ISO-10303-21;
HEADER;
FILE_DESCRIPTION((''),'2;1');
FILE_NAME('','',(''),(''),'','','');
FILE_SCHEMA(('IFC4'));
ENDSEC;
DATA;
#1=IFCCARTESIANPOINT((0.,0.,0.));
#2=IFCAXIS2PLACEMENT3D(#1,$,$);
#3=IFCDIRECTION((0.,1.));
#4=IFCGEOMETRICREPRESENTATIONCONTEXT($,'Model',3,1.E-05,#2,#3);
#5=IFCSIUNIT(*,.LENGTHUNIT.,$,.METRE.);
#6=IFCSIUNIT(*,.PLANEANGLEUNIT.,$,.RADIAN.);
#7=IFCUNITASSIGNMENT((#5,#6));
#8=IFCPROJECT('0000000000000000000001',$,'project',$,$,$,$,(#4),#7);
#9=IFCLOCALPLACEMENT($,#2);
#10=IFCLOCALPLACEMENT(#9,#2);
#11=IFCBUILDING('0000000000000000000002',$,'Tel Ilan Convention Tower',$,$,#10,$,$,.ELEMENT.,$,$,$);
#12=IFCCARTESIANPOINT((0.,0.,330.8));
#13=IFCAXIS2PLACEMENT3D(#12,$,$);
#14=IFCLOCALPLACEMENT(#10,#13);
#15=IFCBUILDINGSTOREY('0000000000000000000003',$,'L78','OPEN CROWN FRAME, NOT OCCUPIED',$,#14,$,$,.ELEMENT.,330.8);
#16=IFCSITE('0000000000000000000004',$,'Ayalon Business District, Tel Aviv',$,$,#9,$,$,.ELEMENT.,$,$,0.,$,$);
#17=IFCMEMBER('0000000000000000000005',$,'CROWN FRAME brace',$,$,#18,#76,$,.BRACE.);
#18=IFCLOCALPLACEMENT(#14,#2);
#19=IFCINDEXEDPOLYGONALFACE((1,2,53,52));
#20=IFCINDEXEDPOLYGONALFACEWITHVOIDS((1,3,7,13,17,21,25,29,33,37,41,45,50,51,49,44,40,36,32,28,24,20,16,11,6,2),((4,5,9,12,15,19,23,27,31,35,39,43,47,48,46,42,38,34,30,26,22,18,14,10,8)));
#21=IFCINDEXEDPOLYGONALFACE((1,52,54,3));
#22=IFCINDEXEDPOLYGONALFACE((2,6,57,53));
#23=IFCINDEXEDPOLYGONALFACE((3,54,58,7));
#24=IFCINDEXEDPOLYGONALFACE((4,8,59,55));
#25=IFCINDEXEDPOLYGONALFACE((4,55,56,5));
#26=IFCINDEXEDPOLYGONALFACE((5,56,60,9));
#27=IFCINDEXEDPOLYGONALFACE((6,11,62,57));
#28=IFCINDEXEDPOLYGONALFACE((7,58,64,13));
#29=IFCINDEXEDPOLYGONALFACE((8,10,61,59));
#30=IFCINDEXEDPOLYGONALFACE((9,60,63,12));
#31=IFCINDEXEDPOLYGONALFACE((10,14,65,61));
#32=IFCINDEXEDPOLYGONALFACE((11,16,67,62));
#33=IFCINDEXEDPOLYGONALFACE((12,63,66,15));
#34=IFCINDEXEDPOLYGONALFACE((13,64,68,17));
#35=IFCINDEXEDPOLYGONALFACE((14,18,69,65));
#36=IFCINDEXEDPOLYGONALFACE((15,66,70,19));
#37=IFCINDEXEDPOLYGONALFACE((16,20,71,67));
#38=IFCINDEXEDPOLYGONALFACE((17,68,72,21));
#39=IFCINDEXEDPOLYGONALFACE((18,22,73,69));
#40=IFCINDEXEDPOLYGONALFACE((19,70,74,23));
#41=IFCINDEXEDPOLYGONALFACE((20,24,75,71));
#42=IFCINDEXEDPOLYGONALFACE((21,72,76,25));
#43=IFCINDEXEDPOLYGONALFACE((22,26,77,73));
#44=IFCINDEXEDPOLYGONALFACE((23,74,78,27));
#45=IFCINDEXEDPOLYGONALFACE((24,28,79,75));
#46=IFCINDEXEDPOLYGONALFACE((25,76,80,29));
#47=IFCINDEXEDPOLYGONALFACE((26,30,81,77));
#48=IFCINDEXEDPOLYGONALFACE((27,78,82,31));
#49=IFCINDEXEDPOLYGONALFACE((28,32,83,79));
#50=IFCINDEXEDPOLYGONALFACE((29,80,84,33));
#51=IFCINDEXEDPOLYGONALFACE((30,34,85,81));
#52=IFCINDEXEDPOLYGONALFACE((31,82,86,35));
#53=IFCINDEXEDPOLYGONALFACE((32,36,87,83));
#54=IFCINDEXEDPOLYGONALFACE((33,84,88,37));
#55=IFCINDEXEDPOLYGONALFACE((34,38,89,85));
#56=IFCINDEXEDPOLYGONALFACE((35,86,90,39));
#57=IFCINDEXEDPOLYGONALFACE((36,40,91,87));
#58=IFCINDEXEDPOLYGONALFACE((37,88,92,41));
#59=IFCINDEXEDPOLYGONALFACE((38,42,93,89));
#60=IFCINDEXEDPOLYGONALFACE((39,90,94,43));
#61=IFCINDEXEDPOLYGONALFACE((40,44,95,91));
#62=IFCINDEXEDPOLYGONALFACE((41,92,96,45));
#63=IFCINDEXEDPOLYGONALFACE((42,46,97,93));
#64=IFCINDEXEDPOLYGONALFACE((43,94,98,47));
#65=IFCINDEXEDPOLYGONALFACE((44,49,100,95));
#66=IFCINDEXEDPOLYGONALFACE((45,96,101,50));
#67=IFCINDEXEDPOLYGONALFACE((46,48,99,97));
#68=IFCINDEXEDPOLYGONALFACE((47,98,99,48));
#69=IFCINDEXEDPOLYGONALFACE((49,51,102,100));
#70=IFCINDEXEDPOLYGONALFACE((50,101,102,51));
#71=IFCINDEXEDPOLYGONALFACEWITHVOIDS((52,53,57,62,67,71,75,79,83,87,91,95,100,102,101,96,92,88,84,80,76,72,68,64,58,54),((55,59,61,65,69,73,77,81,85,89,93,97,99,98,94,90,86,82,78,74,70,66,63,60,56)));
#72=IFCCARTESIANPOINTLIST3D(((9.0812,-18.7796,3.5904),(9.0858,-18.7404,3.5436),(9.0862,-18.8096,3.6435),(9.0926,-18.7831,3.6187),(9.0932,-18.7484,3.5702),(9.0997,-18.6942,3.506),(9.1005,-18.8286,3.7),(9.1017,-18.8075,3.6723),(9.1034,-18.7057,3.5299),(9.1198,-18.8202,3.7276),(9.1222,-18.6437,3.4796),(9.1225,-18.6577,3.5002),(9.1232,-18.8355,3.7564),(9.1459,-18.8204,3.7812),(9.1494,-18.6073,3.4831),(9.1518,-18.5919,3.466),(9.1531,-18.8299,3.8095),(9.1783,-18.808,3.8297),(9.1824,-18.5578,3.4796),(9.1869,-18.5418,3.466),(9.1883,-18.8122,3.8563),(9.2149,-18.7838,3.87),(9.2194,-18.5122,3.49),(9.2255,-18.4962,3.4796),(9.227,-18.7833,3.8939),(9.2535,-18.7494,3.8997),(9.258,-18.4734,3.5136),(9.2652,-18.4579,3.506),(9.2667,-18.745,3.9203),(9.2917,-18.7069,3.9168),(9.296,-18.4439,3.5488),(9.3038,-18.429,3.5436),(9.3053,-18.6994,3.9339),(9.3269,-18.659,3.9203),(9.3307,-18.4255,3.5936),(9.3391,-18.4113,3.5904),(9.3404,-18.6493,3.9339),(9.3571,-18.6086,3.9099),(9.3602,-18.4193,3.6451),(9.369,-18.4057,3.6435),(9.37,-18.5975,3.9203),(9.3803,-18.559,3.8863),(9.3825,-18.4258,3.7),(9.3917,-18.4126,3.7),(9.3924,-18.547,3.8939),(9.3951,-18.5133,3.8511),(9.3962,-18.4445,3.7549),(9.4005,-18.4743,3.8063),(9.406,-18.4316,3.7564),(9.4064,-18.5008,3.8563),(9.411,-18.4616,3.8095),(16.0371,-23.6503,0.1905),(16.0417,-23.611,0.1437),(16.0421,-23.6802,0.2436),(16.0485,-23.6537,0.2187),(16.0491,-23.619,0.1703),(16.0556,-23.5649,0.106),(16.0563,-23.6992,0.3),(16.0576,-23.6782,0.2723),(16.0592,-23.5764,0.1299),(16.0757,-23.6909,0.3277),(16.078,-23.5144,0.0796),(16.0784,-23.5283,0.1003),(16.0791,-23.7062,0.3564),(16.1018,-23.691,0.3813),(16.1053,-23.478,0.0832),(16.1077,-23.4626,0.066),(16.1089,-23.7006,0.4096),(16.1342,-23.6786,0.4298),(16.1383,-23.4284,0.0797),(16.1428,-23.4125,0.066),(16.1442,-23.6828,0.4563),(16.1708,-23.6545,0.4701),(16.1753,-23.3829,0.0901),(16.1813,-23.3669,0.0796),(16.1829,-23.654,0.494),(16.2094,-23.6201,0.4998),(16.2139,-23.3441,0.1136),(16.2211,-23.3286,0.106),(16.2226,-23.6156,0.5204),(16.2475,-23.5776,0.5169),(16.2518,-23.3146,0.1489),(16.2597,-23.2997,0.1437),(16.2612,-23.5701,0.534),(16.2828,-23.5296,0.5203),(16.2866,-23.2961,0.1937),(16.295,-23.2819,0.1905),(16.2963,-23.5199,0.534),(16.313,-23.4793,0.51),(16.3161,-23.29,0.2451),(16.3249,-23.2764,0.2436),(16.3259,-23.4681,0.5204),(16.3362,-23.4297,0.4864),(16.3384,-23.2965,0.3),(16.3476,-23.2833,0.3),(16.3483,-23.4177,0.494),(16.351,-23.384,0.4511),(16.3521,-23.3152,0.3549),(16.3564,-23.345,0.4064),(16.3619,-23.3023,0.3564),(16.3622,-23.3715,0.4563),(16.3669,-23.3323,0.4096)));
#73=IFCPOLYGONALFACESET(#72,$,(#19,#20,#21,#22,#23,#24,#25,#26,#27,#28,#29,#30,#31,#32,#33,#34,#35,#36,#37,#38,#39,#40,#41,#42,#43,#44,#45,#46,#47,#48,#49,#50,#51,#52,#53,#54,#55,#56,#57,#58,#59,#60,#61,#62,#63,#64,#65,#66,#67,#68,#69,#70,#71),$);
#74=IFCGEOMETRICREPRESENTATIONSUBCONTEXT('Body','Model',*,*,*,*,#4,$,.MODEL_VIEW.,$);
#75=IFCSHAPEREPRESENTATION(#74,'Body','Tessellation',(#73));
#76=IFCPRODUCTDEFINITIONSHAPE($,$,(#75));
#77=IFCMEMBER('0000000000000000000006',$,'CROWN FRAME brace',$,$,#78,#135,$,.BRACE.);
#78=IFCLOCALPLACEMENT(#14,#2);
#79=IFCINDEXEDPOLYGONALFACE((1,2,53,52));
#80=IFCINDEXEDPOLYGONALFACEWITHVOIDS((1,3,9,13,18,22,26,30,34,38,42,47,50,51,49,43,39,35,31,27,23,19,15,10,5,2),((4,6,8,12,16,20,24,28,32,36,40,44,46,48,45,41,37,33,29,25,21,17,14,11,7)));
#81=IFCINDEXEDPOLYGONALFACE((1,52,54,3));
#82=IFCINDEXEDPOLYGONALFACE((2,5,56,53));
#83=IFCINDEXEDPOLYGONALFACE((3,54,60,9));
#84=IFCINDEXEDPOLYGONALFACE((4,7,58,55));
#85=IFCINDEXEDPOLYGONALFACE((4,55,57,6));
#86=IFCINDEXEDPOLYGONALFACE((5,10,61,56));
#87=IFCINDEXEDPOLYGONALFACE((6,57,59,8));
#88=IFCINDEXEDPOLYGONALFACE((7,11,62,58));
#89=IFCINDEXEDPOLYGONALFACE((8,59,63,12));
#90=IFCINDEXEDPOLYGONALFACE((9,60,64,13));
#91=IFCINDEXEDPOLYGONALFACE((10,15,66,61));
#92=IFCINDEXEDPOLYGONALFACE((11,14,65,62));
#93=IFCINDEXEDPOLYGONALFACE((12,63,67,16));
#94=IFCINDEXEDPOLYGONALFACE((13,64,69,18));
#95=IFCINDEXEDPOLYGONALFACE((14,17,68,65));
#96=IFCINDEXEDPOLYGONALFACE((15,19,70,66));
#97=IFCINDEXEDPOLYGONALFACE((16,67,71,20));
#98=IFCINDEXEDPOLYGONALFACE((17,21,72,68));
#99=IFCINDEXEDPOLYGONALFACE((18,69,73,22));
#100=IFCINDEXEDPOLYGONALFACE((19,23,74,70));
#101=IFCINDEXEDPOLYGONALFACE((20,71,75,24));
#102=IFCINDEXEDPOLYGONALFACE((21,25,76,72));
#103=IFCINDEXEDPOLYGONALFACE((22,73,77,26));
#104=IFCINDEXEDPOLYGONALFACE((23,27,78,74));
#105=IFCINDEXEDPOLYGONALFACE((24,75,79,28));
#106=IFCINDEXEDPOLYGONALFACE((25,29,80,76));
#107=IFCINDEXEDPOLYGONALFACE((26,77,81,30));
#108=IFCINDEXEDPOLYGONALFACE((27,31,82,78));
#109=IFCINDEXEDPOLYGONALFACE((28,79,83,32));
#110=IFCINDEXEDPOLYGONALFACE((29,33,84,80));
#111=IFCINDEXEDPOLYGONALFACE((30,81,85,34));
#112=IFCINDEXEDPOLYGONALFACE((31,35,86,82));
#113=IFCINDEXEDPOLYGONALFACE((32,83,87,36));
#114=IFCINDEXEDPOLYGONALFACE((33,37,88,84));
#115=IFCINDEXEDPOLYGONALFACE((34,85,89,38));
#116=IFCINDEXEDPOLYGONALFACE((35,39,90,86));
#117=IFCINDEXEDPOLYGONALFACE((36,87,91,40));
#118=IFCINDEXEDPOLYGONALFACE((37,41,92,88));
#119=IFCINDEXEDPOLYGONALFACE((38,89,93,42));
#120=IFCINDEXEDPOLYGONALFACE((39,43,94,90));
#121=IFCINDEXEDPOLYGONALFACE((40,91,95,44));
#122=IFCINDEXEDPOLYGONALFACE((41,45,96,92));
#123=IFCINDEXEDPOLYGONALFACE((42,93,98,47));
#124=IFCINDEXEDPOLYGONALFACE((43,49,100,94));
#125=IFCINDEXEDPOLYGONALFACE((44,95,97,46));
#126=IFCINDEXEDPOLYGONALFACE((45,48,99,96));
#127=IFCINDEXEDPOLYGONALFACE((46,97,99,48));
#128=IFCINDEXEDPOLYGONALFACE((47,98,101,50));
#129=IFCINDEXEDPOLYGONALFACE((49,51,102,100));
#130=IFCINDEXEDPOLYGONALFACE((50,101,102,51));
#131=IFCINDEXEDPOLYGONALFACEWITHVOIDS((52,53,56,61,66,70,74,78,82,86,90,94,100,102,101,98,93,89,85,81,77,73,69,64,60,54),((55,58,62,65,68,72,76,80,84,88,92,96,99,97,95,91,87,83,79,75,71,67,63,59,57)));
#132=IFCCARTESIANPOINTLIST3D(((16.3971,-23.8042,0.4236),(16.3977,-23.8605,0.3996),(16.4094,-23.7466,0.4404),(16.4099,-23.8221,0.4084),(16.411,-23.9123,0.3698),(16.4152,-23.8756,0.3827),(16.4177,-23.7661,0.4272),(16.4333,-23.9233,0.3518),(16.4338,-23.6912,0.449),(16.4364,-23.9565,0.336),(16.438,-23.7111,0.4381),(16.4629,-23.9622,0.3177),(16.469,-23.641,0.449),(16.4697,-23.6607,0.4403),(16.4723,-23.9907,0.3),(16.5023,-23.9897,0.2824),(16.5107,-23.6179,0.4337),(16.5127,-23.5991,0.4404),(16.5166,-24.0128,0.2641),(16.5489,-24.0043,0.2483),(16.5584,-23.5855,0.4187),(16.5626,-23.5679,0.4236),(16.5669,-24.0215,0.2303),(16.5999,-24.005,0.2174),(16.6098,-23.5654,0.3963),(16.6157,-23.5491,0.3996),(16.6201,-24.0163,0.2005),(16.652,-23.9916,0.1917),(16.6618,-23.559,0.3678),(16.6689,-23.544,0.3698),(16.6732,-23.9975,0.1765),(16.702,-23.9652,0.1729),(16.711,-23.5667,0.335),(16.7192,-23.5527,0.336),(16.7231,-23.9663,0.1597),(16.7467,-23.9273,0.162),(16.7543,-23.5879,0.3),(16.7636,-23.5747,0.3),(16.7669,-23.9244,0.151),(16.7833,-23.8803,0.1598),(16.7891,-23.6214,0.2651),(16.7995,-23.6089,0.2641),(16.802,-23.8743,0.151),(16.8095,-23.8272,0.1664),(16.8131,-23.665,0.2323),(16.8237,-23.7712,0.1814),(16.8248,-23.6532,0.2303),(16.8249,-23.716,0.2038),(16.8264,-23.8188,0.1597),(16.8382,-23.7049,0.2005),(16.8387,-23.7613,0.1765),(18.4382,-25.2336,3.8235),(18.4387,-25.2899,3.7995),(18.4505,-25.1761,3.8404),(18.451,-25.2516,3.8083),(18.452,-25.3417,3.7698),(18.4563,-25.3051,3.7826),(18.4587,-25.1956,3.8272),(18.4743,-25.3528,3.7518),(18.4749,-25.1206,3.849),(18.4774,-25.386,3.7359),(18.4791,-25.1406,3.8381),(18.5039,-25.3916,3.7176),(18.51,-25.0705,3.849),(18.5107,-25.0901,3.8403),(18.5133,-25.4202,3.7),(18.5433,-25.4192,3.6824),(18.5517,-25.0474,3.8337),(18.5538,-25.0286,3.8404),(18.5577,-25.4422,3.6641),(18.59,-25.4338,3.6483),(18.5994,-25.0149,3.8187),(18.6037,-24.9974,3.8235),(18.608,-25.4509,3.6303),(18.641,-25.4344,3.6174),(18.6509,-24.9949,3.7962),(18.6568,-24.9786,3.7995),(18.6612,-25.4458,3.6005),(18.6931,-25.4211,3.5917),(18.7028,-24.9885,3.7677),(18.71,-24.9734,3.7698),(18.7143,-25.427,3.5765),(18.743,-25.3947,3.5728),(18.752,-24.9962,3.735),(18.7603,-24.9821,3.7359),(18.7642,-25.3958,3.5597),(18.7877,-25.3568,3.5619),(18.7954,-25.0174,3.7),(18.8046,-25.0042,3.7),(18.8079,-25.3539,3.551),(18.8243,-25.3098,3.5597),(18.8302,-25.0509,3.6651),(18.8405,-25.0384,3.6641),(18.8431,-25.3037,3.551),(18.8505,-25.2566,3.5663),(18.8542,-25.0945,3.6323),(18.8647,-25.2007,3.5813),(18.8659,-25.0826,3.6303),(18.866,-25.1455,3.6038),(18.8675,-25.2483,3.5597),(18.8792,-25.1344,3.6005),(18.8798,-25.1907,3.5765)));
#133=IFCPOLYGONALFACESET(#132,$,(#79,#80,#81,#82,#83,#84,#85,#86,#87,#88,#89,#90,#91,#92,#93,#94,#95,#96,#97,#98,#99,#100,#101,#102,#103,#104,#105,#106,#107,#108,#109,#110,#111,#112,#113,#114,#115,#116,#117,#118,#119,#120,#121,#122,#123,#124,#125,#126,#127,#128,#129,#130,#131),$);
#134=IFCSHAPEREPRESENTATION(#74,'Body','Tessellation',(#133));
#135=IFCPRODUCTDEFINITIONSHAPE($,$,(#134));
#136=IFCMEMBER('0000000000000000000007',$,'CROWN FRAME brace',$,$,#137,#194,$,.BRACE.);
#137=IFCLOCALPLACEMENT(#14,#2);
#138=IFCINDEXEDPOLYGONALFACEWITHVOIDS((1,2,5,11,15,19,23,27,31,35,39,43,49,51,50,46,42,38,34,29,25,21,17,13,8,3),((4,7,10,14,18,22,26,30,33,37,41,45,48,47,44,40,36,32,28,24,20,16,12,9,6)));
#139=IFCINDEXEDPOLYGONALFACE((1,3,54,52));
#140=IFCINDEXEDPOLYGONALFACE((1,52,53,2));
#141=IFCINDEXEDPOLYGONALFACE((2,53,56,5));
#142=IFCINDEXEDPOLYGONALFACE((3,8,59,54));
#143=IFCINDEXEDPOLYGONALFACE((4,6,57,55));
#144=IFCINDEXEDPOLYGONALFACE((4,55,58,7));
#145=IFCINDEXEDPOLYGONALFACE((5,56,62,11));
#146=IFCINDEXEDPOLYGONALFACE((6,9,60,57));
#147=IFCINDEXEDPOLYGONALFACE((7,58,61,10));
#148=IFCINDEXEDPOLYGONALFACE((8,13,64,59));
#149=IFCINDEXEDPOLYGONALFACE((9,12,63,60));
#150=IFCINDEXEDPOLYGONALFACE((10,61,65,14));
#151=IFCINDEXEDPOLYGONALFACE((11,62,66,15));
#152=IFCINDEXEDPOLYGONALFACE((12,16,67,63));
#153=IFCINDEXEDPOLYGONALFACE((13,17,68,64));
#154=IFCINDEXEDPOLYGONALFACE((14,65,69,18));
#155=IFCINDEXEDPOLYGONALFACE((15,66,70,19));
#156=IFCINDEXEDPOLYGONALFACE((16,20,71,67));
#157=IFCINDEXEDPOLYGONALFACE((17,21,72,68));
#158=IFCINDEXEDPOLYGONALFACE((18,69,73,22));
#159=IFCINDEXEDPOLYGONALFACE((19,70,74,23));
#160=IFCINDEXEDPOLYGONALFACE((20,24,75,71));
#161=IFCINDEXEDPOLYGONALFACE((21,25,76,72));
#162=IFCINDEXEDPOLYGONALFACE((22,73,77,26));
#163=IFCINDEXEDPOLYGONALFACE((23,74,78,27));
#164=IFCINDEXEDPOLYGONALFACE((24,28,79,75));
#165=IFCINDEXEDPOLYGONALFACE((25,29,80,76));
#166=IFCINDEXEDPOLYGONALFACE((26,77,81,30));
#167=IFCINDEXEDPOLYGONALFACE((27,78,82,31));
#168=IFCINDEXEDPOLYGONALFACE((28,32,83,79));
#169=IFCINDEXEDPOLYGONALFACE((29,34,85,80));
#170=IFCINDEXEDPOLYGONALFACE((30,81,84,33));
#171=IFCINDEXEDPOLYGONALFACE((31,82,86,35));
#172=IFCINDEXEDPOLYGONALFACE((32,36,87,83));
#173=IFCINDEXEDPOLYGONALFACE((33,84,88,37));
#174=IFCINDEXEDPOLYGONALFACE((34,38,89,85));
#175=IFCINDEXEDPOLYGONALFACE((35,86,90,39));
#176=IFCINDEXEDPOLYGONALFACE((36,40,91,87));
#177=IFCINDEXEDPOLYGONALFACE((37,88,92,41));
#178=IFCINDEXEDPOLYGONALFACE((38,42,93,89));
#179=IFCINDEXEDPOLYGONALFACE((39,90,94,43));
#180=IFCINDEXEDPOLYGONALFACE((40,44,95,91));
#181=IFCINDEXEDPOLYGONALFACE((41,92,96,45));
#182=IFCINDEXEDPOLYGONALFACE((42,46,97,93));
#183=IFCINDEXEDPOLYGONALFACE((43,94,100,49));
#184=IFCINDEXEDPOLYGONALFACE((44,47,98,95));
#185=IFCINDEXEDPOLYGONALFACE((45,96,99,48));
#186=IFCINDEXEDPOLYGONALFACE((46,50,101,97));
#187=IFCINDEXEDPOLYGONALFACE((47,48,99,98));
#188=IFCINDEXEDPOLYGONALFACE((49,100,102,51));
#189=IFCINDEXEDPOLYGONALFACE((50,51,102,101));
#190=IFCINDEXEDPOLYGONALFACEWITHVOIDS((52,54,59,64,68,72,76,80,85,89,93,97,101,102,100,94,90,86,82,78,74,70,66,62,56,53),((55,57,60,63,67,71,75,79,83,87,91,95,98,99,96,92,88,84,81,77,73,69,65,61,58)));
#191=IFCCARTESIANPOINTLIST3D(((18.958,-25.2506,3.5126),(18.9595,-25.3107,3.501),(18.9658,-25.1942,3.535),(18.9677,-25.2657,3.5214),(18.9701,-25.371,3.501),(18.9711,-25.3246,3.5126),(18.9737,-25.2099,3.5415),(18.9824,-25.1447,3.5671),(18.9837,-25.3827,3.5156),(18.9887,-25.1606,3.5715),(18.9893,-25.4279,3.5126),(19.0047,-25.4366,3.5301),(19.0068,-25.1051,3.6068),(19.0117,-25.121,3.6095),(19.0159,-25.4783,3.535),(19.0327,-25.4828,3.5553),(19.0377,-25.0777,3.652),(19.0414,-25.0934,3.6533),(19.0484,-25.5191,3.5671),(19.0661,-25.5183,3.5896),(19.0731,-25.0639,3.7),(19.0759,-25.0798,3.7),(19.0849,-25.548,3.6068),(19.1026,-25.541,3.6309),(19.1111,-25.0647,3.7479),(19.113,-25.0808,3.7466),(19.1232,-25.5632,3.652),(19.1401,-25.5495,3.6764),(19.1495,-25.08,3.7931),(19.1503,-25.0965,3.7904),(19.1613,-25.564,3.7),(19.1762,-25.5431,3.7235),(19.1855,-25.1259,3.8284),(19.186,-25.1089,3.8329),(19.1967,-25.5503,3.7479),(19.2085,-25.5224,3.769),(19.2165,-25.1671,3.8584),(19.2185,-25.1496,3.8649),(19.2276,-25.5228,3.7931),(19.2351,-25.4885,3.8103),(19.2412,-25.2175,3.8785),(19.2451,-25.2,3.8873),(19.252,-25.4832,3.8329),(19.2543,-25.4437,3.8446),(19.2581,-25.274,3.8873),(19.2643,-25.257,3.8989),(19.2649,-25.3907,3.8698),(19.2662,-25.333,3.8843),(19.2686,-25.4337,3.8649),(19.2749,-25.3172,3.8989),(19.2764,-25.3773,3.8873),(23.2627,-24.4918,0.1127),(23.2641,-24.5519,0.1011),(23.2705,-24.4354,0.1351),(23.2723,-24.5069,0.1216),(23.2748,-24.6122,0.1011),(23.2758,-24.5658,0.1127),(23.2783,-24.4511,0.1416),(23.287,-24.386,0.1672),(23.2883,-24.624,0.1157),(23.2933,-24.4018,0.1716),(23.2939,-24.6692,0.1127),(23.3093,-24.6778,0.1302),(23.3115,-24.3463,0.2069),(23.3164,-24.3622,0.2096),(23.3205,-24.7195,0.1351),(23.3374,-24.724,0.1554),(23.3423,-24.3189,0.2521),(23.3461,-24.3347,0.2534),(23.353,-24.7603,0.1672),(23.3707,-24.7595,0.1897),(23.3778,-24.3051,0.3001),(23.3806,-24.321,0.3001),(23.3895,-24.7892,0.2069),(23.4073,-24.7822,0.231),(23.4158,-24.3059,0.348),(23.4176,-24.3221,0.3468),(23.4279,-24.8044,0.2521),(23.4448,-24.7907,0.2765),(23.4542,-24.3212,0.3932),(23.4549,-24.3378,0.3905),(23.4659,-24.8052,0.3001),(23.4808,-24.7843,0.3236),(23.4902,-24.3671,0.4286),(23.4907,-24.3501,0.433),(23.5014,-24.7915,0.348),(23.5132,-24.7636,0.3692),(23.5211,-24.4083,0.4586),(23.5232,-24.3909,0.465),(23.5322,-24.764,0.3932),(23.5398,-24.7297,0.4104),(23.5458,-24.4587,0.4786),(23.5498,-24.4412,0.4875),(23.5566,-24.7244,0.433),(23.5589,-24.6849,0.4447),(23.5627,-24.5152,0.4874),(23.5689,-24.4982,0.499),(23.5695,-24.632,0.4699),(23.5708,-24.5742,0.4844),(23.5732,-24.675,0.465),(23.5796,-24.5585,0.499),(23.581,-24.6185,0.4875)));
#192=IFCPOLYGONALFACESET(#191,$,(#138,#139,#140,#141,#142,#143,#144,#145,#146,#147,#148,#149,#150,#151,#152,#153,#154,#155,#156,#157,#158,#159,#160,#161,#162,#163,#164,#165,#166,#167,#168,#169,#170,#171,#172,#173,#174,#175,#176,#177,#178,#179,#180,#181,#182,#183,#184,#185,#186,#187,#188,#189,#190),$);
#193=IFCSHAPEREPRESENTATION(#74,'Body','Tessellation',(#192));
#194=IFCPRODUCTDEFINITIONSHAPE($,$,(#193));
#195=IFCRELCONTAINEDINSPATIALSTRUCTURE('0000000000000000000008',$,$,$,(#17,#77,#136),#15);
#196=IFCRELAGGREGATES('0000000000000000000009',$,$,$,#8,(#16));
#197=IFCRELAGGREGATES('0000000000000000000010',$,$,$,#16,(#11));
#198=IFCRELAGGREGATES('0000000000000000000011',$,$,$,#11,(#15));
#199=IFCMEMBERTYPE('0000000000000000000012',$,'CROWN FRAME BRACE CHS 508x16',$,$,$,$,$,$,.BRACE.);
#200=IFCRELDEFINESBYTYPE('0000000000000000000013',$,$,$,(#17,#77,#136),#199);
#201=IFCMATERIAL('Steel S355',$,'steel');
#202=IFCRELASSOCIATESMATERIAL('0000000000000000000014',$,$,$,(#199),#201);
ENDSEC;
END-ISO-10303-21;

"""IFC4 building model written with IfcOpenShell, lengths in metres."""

from ifc_helpers import new_model, si_unit, direction, frame, origin, origin_2d, place, context, subcontext, project, spatial, hollow_circle, extrude, material, material_profile, profile_set, type_object, element, save


model = new_model("IFC4")

# Units and contexts
model_context = context("Model", 3, precision=1e-05, world=origin(), true_north=direction((0.0, 1.0)))
body_context = subcontext(model_context, "Body", "Model", "MODEL_VIEW")
ifc_project = project(units=[si_unit("LENGTHUNIT", "METRE"), si_unit("PLANEANGLEUNIT", "RADIAN")], contexts=[model_context])

# Site, building, storey
site_placement = place(None, origin())
site = spatial("IfcSite", under=ifc_project, at=site_placement, Name="Ayalon Business District, Tel Aviv", CompositionType="ELEMENT", RefElevation=0.0)
building_placement = place(site_placement, origin())
building = spatial("IfcBuilding", under=site, at=building_placement, Name="Tel Ilan Convention Tower", CompositionType="ELEMENT")
storey_placement = place(building_placement, frame((0.0, 0.0, 330.8)))
storey = spatial("IfcBuildingStorey", under=building, at=storey_placement, Name="L78", Description="OPEN CROWN FRAME, NOT OCCUPIED", CompositionType="ELEMENT", Elevation=330.8)

# Members
ifc_material_1 = material(Name="Steel S355", Category="steel")
ifc_material_profile_1 = material_profile(ifc_material_1, hollow_circle(Radius=0.2539, WallThickness=0.0161, at=origin_2d()), Name="CHS 508x16")
ifc_profile_set_1 = profile_set([ifc_material_profile_1], Name="Steel S355")
member_type = type_object("IfcMemberType", Name="CROWN FRAME BRACE CHS 508x16", PredefinedType="BRACE", material=ifc_profile_set_1)
member_1_placement = place(storey_placement, frame((9.2461, -18.6206, 3.7), z_axis=(0.760457, -0.532488, -0.371701), x_axis=(0.573584, 0.819147, 0.0)))
element("IfcMember", 1, at=member_1_placement, inside=storey, type_object=member_type, Name="CROWN FRAME brace", PredefinedType="BRACE", context=body_context, shape_type="SweptSolid", body=[
    extrude(hollow_circle(Radius=0.2539, WallThickness=0.0161, at=origin_2d()), origin(), (0.0, 0.0, 1.0), 9.147),
])
member_2_placement = place(storey_placement, frame((16.6179, -23.7827, 0.3), z_axis=(0.484197, -0.339112, 0.806571), x_axis=(0.57366, 0.819094, 0.0)))
element("IfcMember", 2, at=member_2_placement, inside=storey, type_object=member_type, Name="CROWN FRAME brace", PredefinedType="BRACE", context=body_context, shape_type="SweptSolid", body=[
    extrude(hollow_circle(Radius=0.2539, WallThickness=0.0161, at=origin_2d()), origin(), (0.0, 0.0, 1.0), 4.2153),
])
member_3_placement = place(storey_placement, frame((19.1172, -25.314, 3.7), z_axis=(0.777351, 0.137024, -0.613963), x_axis=(-0.173594, 0.984817, 0.0)))
element("IfcMember", 3, at=member_3_placement, inside=storey, type_object=member_type, Name="CROWN FRAME brace", PredefinedType="BRACE", context=body_context, shape_type="SweptSolid", body=[
    extrude(hollow_circle(Radius=0.2539, WallThickness=0.0161, at=origin_2d()), origin(), (0.0, 0.0, 1.0), 5.5376),
])

save(model, "model.ifc")
